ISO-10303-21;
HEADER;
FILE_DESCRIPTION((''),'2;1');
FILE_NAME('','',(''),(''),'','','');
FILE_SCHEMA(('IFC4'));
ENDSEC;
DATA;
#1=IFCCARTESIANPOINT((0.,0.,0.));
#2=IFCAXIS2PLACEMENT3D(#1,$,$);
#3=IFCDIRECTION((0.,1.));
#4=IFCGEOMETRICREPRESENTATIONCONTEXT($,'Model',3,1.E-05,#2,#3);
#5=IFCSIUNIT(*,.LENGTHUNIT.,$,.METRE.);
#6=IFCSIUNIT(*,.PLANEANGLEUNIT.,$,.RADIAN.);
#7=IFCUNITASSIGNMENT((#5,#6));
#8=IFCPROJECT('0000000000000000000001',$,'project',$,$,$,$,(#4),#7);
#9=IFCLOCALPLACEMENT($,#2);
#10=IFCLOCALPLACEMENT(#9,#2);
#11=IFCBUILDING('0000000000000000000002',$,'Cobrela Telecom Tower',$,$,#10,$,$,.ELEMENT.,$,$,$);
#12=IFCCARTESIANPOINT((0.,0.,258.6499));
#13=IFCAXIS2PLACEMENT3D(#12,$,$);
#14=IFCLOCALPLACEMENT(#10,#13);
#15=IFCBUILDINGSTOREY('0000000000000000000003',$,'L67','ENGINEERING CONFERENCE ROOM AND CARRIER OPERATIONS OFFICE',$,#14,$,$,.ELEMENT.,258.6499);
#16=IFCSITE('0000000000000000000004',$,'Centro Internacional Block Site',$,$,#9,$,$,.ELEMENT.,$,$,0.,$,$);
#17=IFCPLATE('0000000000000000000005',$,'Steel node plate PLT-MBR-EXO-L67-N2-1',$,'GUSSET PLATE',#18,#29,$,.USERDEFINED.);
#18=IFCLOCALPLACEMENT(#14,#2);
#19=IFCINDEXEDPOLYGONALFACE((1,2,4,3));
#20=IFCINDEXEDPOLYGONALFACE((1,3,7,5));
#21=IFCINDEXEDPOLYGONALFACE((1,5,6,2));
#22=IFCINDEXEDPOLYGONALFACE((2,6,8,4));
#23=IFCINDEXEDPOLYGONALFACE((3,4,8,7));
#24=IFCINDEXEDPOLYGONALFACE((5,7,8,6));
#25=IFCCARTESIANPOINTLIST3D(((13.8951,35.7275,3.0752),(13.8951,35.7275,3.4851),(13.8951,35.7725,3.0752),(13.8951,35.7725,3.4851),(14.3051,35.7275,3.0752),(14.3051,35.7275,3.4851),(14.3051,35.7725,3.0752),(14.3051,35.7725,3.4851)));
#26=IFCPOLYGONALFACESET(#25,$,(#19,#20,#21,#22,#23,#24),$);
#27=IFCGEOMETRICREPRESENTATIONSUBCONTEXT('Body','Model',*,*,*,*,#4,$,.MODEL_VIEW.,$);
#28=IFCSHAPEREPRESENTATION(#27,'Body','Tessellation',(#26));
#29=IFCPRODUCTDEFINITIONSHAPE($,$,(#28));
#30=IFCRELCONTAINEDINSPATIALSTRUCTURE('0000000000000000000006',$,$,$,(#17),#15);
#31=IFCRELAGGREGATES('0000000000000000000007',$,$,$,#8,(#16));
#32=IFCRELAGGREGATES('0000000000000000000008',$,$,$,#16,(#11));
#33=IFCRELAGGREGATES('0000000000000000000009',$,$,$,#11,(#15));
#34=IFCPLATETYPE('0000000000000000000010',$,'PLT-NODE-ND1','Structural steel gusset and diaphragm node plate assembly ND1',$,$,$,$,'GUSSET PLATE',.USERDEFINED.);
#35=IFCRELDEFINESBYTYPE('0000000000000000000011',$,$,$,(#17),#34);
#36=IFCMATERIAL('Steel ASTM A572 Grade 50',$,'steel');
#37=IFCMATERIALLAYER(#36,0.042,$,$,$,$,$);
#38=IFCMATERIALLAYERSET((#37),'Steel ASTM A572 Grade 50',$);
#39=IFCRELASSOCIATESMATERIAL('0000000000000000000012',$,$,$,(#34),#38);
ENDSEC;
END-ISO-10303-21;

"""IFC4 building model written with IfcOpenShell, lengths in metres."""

from ifc_helpers import new_model, si_unit, direction, frame, origin, origin_2d, place, context, subcontext, project, spatial, rectangle, extrude, material, layer, layer_set, type_object, element, save


model = new_model("IFC4")

# Units and contexts
model_context = context("Model", 3, precision=1e-05, world=origin(), true_north=direction((0.0, 1.0)))
body_context = subcontext(model_context, "Body", "Model", "MODEL_VIEW")
ifc_project = project(units=[si_unit("LENGTHUNIT", "METRE"), si_unit("PLANEANGLEUNIT", "RADIAN")], contexts=[model_context])

# Site, building, storey
site_placement = place(None, origin())
site = spatial("IfcSite", under=ifc_project, at=site_placement, Name="Centro Internacional Block Site", CompositionType="ELEMENT", RefElevation=0.0)
building_placement = place(site_placement, origin())
building = spatial("IfcBuilding", under=site, at=building_placement, Name="Cobrela Telecom Tower", CompositionType="ELEMENT")
storey_placement = place(building_placement, frame((0.0, 0.0, 258.6499)))
storey = spatial("IfcBuildingStorey", under=building, at=storey_placement, Name="L67", Description="ENGINEERING CONFERENCE ROOM AND CARRIER OPERATIONS OFFICE", CompositionType="ELEMENT", Elevation=258.6499)

# Shared definitions
ifc_material_1 = material(Name="Steel ASTM A572 Grade 50", Category="steel")

# Plate
ifc_layer_1 = layer(ifc_material_1, 0.042)
ifc_layer_set_1 = layer_set([ifc_layer_1], Name="Steel ASTM A572 Grade 50")
plate_type_1 = type_object("IfcPlateType", Name="PLT-NODE-ND1", Description="Structural steel gusset and diaphragm node plate assembly ND1", ElementType="GUSSET PLATE", PredefinedType="USERDEFINED", material=ifc_layer_set_1)
plate_1_placement = place(storey_placement, frame((14.1001, 35.75, 3.0752), z_axis=(0.0, 0.0, 1.0), x_axis=(1.0, 0.0, 0.0)))
element("IfcPlate", 1, at=plate_1_placement, inside=storey, type_object=plate_type_1, Name="Steel node plate PLT-MBR-EXO-L67-N2-1", ObjectType="GUSSET PLATE", PredefinedType="USERDEFINED", context=body_context, shape_type="SweptSolid", body=[
    extrude(rectangle(XDim=0.4099, YDim=0.0449, at=origin_2d()), origin(), (0.0, 0.0, 1.0), 0.4099),
])

save(model, "model.ifc")
